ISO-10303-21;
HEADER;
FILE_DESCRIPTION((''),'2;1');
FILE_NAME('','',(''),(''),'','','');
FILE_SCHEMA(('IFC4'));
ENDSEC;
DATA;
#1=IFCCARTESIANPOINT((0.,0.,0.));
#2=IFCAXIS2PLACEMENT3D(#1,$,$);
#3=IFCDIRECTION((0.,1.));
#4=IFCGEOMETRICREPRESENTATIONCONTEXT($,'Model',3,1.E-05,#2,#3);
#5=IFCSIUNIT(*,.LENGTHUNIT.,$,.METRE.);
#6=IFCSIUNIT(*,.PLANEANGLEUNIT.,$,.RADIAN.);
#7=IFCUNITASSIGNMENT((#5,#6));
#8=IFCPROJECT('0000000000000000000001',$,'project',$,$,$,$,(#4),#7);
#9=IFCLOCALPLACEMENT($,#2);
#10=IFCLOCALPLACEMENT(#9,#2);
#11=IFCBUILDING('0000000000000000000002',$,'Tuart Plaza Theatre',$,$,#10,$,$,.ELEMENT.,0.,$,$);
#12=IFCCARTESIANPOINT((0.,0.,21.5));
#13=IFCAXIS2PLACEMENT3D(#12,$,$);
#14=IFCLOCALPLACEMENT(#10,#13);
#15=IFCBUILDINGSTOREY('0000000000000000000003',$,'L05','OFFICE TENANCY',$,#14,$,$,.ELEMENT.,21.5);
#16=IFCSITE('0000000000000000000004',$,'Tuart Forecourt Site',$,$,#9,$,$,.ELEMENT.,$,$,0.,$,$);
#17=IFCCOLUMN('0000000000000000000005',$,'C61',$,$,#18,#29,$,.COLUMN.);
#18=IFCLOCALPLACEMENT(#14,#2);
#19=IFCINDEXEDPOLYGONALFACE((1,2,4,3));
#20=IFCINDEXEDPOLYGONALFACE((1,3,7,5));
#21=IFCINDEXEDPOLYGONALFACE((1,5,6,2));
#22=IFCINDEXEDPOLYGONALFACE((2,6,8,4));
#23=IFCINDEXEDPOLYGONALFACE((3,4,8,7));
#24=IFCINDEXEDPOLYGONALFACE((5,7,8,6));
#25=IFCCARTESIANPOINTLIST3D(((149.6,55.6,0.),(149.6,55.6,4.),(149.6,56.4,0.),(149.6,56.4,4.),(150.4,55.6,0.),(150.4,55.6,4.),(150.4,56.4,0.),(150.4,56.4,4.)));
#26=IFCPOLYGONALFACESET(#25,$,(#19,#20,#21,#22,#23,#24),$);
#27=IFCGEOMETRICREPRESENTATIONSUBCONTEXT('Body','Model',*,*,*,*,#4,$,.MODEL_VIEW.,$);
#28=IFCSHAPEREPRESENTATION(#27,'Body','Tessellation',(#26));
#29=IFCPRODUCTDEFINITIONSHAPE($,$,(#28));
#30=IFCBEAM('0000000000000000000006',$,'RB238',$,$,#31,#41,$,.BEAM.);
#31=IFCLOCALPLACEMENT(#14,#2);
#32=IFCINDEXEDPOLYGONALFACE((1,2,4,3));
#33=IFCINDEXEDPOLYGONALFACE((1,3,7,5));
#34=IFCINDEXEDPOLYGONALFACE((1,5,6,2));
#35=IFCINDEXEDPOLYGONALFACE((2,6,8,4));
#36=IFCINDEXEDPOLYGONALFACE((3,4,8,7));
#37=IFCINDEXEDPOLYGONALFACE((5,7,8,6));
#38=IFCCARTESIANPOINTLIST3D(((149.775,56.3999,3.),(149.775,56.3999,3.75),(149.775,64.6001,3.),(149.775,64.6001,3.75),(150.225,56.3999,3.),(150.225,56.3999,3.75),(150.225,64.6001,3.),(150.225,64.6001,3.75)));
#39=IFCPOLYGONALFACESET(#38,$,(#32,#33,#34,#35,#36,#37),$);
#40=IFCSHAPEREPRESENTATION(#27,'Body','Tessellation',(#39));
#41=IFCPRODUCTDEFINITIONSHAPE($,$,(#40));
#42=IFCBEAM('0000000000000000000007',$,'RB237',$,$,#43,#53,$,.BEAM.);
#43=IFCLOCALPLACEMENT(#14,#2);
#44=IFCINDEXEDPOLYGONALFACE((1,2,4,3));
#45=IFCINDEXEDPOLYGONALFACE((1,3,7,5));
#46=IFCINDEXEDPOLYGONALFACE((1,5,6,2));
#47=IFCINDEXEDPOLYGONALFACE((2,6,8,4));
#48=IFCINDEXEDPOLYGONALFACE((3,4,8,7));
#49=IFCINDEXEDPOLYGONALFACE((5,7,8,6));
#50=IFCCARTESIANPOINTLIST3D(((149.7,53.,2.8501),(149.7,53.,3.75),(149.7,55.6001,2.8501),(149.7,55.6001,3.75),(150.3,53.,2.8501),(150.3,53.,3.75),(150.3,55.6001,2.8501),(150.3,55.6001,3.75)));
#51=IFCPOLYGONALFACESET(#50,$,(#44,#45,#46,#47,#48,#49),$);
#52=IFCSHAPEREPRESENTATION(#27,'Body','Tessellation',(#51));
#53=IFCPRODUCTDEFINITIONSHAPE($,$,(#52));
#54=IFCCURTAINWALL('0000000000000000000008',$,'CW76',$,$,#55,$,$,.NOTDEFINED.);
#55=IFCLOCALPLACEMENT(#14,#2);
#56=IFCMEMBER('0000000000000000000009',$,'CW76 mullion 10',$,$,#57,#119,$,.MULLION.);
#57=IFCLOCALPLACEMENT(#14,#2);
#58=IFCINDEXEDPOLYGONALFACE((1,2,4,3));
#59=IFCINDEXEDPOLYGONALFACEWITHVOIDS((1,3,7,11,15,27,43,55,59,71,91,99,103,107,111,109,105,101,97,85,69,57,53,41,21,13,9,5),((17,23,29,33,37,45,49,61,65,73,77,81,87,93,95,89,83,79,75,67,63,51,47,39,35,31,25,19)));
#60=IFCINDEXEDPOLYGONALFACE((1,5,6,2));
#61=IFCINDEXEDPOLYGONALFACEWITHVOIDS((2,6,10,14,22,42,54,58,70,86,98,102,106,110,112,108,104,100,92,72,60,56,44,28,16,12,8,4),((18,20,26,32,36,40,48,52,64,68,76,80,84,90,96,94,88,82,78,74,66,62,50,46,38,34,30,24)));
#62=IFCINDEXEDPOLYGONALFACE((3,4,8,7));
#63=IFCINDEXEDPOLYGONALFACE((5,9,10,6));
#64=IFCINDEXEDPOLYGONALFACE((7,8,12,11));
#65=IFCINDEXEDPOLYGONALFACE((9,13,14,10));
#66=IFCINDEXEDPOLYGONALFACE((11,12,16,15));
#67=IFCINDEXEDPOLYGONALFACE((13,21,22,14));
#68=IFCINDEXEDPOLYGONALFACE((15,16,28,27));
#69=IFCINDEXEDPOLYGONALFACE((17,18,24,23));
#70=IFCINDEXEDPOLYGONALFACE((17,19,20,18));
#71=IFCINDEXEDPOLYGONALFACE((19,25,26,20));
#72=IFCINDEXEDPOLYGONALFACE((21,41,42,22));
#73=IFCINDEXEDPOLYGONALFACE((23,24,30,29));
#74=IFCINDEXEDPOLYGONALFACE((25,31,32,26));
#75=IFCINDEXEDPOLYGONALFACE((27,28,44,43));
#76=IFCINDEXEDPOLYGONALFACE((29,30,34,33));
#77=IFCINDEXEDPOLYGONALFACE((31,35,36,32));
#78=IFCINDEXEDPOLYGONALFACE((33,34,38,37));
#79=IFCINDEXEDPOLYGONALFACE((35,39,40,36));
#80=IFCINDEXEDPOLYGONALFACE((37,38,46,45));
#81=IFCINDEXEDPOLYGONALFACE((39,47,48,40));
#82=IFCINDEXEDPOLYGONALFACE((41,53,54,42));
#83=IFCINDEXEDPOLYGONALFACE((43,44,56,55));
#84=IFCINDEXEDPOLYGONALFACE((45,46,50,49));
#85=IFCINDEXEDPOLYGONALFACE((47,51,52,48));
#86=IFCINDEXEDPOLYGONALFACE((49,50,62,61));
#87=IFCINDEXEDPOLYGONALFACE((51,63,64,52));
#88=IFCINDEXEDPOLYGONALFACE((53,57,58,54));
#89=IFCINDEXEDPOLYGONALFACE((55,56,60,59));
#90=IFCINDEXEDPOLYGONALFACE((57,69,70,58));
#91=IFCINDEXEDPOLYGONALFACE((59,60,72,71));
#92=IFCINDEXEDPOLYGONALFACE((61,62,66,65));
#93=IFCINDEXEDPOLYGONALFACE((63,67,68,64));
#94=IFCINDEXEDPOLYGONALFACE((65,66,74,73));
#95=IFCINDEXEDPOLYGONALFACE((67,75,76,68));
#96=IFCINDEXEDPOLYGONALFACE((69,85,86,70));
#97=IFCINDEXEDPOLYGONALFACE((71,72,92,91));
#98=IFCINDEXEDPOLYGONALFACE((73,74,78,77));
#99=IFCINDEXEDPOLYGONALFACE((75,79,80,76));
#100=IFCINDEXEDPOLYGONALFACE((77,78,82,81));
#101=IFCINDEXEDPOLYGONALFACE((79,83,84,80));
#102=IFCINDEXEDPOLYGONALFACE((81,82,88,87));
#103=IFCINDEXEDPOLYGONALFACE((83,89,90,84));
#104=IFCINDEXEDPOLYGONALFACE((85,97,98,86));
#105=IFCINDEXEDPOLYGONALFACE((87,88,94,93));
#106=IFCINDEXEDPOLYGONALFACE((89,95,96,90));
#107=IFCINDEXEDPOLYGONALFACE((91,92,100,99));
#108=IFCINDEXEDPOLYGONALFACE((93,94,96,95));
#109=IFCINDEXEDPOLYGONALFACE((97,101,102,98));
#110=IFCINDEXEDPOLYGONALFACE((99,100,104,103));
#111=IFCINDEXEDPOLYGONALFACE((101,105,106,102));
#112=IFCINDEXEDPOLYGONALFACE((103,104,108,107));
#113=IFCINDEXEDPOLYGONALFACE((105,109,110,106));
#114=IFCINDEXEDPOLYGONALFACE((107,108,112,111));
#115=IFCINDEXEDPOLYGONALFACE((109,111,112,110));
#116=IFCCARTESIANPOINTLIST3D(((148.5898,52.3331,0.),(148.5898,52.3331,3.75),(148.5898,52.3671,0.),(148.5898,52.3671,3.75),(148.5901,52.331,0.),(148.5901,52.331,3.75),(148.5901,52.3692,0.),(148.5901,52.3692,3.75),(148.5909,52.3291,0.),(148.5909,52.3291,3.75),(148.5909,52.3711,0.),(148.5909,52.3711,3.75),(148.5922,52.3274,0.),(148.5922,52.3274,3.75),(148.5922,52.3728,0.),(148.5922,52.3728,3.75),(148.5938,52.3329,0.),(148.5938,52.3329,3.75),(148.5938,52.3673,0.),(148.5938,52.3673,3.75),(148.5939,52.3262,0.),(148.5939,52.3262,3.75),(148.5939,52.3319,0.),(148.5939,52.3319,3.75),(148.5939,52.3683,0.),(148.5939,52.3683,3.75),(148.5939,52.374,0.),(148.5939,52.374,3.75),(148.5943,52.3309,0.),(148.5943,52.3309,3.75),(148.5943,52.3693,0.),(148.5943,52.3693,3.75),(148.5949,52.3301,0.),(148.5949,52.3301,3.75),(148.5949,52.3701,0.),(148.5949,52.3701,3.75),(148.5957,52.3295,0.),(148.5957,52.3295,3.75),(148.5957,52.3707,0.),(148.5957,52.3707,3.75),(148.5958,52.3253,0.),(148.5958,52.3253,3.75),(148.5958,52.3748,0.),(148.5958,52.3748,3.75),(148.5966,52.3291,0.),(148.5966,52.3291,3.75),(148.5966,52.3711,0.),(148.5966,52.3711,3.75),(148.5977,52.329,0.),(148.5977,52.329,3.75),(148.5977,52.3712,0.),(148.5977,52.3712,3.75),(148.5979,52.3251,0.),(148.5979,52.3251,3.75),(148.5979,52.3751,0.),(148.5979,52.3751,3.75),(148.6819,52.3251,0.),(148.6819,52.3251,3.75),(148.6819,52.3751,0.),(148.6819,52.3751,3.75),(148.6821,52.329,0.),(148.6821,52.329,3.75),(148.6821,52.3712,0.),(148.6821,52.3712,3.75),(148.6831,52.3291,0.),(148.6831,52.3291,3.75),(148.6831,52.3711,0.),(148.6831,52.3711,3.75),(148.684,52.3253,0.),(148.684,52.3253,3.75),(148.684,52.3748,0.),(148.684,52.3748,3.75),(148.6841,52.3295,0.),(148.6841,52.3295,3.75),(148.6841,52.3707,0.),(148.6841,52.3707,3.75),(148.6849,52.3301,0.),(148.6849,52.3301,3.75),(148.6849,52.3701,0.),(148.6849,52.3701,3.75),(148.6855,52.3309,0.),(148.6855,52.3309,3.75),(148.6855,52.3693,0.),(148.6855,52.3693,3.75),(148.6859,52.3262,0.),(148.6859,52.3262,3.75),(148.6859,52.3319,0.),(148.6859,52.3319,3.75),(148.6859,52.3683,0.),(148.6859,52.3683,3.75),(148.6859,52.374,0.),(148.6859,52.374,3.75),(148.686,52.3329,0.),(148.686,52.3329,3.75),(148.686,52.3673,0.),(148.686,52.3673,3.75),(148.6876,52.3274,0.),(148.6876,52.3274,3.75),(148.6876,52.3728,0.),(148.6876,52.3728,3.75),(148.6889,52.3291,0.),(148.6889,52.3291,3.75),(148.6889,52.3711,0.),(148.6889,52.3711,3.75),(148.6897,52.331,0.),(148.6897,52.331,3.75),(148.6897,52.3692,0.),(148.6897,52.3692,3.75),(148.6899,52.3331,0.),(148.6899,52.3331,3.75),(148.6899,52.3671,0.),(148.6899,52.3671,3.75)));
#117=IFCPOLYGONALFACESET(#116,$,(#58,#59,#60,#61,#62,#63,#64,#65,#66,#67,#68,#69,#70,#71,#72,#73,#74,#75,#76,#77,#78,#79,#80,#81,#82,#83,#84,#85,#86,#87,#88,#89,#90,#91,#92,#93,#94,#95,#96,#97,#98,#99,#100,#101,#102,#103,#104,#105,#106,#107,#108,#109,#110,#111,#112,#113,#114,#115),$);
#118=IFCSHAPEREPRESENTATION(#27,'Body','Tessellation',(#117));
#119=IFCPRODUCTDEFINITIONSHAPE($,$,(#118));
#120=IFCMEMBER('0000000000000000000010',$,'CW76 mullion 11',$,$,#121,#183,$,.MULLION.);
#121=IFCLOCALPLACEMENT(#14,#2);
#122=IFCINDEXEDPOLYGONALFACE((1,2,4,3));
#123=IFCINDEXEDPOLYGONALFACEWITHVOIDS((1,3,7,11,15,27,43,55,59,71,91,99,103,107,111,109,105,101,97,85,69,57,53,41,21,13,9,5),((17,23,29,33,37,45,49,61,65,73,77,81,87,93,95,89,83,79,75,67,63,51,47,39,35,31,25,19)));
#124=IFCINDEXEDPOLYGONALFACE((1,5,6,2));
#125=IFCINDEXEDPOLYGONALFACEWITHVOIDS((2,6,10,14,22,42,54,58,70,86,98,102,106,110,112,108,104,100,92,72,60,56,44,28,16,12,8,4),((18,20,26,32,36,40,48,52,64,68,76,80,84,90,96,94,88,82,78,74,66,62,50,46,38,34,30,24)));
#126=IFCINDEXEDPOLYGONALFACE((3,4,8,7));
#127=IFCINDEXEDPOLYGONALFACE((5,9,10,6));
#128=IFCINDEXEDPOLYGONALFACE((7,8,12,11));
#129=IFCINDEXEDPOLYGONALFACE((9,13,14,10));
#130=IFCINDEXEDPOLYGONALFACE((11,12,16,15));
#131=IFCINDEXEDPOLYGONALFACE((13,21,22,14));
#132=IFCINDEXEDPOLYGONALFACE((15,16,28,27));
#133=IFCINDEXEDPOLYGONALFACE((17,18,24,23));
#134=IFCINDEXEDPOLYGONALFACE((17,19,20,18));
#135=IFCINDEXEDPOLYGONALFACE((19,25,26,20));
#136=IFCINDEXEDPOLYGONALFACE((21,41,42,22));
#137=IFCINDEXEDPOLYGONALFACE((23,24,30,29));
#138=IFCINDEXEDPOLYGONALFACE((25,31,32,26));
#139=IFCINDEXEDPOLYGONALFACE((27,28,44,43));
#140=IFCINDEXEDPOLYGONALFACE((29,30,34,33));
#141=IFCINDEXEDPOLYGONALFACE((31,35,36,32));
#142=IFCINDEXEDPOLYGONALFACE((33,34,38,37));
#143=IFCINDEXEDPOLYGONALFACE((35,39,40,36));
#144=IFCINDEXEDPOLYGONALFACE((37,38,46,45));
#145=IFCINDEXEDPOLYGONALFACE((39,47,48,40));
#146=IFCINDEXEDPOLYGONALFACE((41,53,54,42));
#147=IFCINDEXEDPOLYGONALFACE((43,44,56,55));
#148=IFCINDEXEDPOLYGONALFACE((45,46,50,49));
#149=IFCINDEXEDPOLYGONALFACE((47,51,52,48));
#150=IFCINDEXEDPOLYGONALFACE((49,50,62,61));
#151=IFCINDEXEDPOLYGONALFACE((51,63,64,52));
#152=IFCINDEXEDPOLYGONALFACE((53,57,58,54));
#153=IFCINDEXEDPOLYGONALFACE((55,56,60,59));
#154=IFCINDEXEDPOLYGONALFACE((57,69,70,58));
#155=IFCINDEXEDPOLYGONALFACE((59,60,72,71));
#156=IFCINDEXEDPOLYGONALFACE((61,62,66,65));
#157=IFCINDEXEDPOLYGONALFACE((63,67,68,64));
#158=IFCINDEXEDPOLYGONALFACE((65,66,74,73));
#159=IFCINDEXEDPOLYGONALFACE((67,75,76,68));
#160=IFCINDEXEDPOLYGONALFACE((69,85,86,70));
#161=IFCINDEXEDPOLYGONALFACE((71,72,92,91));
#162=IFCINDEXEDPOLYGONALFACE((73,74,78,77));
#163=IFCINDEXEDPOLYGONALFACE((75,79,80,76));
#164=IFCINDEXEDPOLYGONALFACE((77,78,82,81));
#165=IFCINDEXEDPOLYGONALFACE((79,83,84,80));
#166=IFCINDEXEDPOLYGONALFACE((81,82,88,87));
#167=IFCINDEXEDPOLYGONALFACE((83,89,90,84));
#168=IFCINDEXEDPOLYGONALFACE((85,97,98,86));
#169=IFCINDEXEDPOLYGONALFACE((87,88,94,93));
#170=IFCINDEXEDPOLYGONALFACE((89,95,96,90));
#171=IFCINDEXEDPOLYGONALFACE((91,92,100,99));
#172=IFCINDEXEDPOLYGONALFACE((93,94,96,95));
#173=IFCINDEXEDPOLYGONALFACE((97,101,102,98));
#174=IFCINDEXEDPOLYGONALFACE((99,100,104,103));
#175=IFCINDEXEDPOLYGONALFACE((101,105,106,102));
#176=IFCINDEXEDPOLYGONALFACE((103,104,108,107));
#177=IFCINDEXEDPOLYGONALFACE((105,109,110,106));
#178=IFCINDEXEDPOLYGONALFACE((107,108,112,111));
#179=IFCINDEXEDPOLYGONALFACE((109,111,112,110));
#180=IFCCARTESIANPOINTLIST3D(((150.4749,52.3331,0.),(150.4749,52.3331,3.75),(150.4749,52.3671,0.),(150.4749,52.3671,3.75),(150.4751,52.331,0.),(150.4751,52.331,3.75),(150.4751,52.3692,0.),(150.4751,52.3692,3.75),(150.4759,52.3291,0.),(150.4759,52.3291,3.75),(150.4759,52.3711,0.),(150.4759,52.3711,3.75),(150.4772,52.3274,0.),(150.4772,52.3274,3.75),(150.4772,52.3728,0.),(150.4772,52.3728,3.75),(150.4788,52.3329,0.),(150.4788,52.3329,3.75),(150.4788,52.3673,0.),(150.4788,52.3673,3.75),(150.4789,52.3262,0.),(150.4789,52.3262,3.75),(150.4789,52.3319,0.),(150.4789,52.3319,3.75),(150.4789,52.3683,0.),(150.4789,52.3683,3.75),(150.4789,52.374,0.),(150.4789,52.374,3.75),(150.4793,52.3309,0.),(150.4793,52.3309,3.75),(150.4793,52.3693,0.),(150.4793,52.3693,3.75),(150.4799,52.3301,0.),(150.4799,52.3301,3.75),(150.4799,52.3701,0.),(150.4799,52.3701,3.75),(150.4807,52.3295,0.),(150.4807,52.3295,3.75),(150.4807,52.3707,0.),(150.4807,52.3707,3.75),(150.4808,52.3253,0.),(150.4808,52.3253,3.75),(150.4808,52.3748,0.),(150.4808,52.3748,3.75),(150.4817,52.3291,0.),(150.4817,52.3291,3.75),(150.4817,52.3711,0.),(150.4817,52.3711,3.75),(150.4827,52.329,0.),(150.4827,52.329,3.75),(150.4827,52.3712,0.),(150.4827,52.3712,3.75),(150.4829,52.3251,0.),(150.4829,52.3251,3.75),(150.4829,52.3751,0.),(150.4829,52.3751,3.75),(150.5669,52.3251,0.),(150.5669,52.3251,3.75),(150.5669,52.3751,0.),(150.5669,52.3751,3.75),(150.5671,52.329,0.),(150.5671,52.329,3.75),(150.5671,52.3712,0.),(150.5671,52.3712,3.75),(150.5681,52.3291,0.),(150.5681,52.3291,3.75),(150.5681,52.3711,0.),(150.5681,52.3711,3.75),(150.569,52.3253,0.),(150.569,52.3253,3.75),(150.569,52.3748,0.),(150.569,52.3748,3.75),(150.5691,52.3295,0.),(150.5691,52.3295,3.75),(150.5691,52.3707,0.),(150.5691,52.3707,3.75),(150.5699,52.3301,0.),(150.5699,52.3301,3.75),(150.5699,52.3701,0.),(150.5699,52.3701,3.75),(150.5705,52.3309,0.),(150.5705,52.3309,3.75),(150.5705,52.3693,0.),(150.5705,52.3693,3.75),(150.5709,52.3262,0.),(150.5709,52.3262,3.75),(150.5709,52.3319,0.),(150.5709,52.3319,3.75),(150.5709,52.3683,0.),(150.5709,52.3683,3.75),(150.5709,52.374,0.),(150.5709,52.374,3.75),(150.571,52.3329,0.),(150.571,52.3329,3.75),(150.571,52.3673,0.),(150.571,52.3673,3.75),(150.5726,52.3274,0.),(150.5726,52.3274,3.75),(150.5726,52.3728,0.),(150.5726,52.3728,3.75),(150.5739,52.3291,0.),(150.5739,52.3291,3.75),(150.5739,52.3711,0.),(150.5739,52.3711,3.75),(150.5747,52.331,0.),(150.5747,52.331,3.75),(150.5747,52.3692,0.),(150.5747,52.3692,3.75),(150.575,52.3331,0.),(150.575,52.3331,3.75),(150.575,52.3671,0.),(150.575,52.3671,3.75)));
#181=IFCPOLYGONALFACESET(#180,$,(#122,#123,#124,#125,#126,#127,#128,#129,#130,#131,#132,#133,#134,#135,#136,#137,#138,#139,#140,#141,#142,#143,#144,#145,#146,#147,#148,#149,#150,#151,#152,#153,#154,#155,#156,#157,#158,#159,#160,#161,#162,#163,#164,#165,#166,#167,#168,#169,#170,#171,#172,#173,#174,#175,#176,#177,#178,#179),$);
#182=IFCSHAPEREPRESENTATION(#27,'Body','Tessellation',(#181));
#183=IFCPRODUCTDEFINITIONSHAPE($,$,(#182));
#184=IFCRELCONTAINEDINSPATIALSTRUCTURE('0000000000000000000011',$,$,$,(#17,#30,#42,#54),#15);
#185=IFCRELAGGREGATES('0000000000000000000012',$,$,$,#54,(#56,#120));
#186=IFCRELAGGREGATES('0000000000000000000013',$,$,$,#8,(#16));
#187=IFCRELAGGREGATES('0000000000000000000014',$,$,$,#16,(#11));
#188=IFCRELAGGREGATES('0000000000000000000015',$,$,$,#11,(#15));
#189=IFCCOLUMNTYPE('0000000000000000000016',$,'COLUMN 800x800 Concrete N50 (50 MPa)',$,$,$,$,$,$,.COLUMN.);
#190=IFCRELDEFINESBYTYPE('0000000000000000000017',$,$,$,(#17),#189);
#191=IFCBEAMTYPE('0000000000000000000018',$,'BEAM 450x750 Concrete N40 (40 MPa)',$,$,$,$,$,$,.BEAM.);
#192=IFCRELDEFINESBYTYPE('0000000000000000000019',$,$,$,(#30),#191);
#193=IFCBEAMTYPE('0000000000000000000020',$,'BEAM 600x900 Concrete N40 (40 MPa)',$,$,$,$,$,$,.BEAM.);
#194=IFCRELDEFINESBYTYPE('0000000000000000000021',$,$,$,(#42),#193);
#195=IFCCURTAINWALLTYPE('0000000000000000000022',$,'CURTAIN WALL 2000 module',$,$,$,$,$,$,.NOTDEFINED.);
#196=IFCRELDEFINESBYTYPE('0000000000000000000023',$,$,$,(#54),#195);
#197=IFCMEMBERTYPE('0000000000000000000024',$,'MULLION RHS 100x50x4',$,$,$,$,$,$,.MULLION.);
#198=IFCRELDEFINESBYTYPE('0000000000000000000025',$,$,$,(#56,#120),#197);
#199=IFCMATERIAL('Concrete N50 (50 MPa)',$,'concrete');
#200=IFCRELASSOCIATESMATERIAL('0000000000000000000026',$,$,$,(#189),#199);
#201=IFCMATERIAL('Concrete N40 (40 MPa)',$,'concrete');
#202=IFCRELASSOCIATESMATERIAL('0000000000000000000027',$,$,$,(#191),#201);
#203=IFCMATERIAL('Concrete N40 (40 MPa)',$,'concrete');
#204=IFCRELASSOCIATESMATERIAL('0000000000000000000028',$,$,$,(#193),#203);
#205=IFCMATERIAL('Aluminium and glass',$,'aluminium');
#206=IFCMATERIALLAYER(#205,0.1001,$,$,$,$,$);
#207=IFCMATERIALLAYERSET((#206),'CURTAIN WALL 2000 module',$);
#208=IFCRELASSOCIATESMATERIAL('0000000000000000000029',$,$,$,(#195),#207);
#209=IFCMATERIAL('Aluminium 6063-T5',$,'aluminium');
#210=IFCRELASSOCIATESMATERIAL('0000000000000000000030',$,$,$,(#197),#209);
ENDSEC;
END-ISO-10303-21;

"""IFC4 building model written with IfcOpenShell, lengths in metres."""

from ifc_helpers import new_model, si_unit, direction, frame, origin, origin_2d, place, context, subcontext, project, spatial, rectangle, hollow_rectangle, extrude, material, layer, layer_set, material_profile, profile_set, type_object, element, aggregate, save


model = new_model("IFC4")

# Units and contexts
model_context = context("Model", 3, precision=1e-05, world=origin(), true_north=direction((0.0, 1.0)))
body_context = subcontext(model_context, "Body", "Model", "MODEL_VIEW")
ifc_project = project(units=[si_unit("LENGTHUNIT", "METRE"), si_unit("PLANEANGLEUNIT", "RADIAN")], contexts=[model_context])

# Site, building, storey
site_placement = place(None, origin())
site = spatial("IfcSite", under=ifc_project, at=site_placement, Name="Tuart Forecourt Site", CompositionType="ELEMENT", RefElevation=0.0)
building_placement = place(site_placement, origin())
building = spatial("IfcBuilding", under=site, at=building_placement, Name="Tuart Plaza Theatre", CompositionType="ELEMENT", ElevationOfRefHeight=0.0)
storey_placement = place(building_placement, frame((0.0, 0.0, 21.5)))
storey = spatial("IfcBuildingStorey", under=building, at=storey_placement, Name="L05", Description="OFFICE TENANCY", CompositionType="ELEMENT", Elevation=21.5)

# Column
ifc_material_1 = material(Name="Concrete N50 (50 MPa)", Category="concrete")
ifc_material_profile_1 = material_profile(ifc_material_1, rectangle(XDim=0.8, YDim=0.8, at=origin_2d()), Name="COLUMN 800x800 Concrete N50 (50 MPa)")
ifc_profile_set_1 = profile_set([ifc_material_profile_1], Name="Concrete N50 (50 MPa)")
column_type = type_object("IfcColumnType", Name="COLUMN 800x800 Concrete N50 (50 MPa)", PredefinedType="COLUMN", material=ifc_profile_set_1)
column_placement = place(storey_placement, frame((150.0, 56.0, 0.0), z_axis=(0.0, 0.0, 1.0), x_axis=(1.0, 0.0, 0.0)))
element("IfcColumn", 1, at=column_placement, inside=storey, type_object=column_type, Name="C61", PredefinedType="COLUMN", context=body_context, shape_type="SweptSolid", body=[
    extrude(rectangle(XDim=0.8, YDim=0.8, at=origin_2d()), origin(), (0.0, 0.0, 1.0), 4.0),
])

# Beams
ifc_material_2 = material(Name="Concrete N40 (40 MPa)", Category="concrete")
ifc_material_profile_2 = material_profile(ifc_material_2, rectangle(XDim=0.45, YDim=0.75, at=origin_2d()), Name="BEAM 450x750 Concrete N40 (40 MPa)")
ifc_profile_set_2 = profile_set([ifc_material_profile_2], Name="Concrete N40 (40 MPa)")
beam_type_1 = type_object("IfcBeamType", Name="BEAM 450x750 Concrete N40 (40 MPa)", PredefinedType="BEAM", material=ifc_profile_set_2)
beam_1_placement = place(storey_placement, frame((150.0, 56.3999, 3.375), z_axis=(0.0, 1.0, 0.0), x_axis=(-1.0, 0.0, 0.0)))
element("IfcBeam", 2, at=beam_1_placement, inside=storey, type_object=beam_type_1, Name="RB238", PredefinedType="BEAM", context=body_context, shape_type="SweptSolid", body=[
    extrude(rectangle(XDim=0.45, YDim=0.75, at=origin_2d()), origin(), (0.0, 0.0, 1.0), 8.2002),
])
ifc_material_3 = material(Name="Concrete N40 (40 MPa)", Category="concrete")
ifc_material_profile_3 = material_profile(ifc_material_3, rectangle(XDim=0.6001, YDim=0.8999, at=origin_2d()), Name="BEAM 600x900 Concrete N40 (40 MPa)")
ifc_profile_set_3 = profile_set([ifc_material_profile_3], Name="Concrete N40 (40 MPa)")
beam_type_2 = type_object("IfcBeamType", Name="BEAM 600x900 Concrete N40 (40 MPa)", PredefinedType="BEAM", material=ifc_profile_set_3)
beam_2_placement = place(storey_placement, frame((150.0, 53.0, 3.3), z_axis=(0.0, 1.0, 0.0), x_axis=(-1.0, 0.0, 0.0)))
element("IfcBeam", 3, at=beam_2_placement, inside=storey, type_object=beam_type_2, Name="RB237", PredefinedType="BEAM", context=body_context, shape_type="SweptSolid", body=[
    extrude(rectangle(XDim=0.6001, YDim=0.8999, at=origin_2d()), origin(), (0.0, 0.0, 1.0), 2.6001),
])

# Curtain wall, members
ifc_material_4 = material(Name="Aluminium and glass", Category="aluminium")
ifc_layer_1 = layer(ifc_material_4, 0.1001)
ifc_layer_set_1 = layer_set([ifc_layer_1], Name="CURTAIN WALL 2000 module")
curtain_wall_type = type_object("IfcCurtainWallType", Name="CURTAIN WALL 2000 module", PredefinedType="NOTDEFINED", material=ifc_layer_set_1)
curtain_wall_1_placement = place(storey_placement, origin())
curtain_wall_1 = element("IfcCurtainWall", 4, at=curtain_wall_1_placement, inside=storey, type_object=curtain_wall_type, Name="CW76", PredefinedType="NOTDEFINED")
ifc_material_5 = material(Name="Aluminium 6063-T5", Category="aluminium")
ifc_material_profile_4 = material_profile(ifc_material_5, hollow_rectangle(XDim=0.05, YDim=0.1001, WallThickness=0.0039, InnerFilletRadius=0.0039, OuterFilletRadius=0.0081, at=origin_2d()), Name="RHS 100x50x4")
ifc_profile_set_4 = profile_set([ifc_material_profile_4], Name="Aluminium 6063-T5")
member_type_1 = type_object("IfcMemberType", Name="MULLION RHS 100x50x4", PredefinedType="MULLION", material=ifc_profile_set_4)
member_1_placement = place(storey_placement, frame((148.6399, 52.3501, 0.0), z_axis=(0.0, 0.0, 1.0), x_axis=(0.0, 1.0, 0.0)))
member_1 = element("IfcMember", 5, at=member_1_placement, type_object=member_type_1, Name="CW76 mullion 10", PredefinedType="MULLION", context=body_context, shape_type="SweptSolid", body=[
    extrude(hollow_rectangle(XDim=0.05, YDim=0.1001, WallThickness=0.0039, InnerFilletRadius=0.0039, OuterFilletRadius=0.0081, at=origin_2d()), origin(), (0.0, 0.0, 1.0), 3.75),
])
member_2_placement = place(storey_placement, frame((150.5249, 52.3501, 0.0), z_axis=(0.0, 0.0, 1.0), x_axis=(0.0, 1.0, 0.0)))
member_2 = element("IfcMember", 6, at=member_2_placement, type_object=member_type_1, Name="CW76 mullion 11", PredefinedType="MULLION", context=body_context, shape_type="SweptSolid", body=[
    extrude(hollow_rectangle(XDim=0.05, YDim=0.1001, WallThickness=0.0039, InnerFilletRadius=0.0039, OuterFilletRadius=0.0081, at=origin_2d()), origin(), (0.0, 0.0, 1.0), 3.75),
])

aggregate(curtain_wall_1, [member_1, member_2])

save(model, "model.ifc")
